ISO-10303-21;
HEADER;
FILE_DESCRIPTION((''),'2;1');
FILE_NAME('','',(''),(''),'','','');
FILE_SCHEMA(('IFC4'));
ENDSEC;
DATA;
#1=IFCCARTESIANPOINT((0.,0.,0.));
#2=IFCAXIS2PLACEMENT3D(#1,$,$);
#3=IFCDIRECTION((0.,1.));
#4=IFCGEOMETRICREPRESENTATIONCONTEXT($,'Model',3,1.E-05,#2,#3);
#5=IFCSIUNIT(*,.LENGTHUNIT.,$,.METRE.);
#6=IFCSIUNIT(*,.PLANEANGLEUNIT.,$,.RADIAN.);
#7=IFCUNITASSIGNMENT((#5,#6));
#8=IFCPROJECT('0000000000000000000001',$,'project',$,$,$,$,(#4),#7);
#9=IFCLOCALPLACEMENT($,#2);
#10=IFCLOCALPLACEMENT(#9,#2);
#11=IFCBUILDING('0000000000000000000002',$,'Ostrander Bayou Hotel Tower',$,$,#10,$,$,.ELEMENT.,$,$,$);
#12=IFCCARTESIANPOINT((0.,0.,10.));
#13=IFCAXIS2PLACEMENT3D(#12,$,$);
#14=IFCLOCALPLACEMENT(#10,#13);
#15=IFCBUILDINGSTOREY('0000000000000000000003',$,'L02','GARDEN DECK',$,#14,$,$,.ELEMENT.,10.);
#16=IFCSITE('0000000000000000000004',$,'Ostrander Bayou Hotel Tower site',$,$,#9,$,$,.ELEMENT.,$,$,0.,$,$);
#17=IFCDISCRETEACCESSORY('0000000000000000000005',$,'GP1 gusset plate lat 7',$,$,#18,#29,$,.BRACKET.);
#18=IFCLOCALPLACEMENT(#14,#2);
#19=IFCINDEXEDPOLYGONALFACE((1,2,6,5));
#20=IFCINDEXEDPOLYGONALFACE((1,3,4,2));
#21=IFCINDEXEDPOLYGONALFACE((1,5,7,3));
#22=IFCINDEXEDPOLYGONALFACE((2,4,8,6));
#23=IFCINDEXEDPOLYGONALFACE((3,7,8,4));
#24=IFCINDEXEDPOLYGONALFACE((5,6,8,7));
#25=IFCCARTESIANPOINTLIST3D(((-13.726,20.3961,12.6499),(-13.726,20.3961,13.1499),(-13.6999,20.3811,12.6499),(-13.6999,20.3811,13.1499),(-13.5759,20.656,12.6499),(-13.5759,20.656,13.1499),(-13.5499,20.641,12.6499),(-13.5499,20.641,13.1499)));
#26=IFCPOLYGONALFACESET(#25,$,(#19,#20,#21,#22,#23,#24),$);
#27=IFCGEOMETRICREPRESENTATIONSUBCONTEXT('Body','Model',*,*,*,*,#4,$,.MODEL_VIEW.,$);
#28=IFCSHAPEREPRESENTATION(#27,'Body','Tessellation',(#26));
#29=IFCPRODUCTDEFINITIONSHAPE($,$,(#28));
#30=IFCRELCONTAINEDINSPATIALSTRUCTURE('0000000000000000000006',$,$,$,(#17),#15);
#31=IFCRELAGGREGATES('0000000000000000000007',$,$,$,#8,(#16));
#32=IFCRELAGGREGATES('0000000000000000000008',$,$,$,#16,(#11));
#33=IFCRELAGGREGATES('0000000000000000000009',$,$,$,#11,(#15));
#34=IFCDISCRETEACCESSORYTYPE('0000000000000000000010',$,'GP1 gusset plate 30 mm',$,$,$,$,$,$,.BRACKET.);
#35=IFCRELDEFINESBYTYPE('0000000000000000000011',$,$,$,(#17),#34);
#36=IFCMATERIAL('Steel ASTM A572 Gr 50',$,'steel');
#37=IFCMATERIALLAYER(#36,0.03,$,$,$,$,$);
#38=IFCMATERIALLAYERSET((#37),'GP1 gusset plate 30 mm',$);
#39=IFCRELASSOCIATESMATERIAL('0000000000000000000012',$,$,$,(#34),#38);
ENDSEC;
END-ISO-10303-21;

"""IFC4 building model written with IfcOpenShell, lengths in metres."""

from ifc_helpers import new_model, si_unit, direction, frame, origin, origin_2d, place, context, subcontext, project, spatial, rectangle, extrude, material, layer, layer_set, type_object, element, save


model = new_model("IFC4")

# Units and contexts
model_context = context("Model", 3, precision=1e-05, world=origin(), true_north=direction((0.0, 1.0)))
body_context = subcontext(model_context, "Body", "Model", "MODEL_VIEW")
ifc_project = project(units=[si_unit("LENGTHUNIT", "METRE"), si_unit("PLANEANGLEUNIT", "RADIAN")], contexts=[model_context])

# Site, building, storey
site_placement = place(None, origin())
site = spatial("IfcSite", under=ifc_project, at=site_placement, Name="Ostrander Bayou Hotel Tower site", CompositionType="ELEMENT", RefElevation=0.0)
building_placement = place(site_placement, origin())
building = spatial("IfcBuilding", under=site, at=building_placement, Name="Ostrander Bayou Hotel Tower", CompositionType="ELEMENT")
storey_placement = place(building_placement, frame((0.0, 0.0, 10.0)))
storey = spatial("IfcBuildingStorey", under=building, at=storey_placement, Name="L02", Description="GARDEN DECK", CompositionType="ELEMENT", Elevation=10.0)

# Discrete accessory
ifc_material_1 = material(Name="Steel ASTM A572 Gr 50", Category="steel")
ifc_layer_1 = layer(ifc_material_1, 0.03)
ifc_layer_set_1 = layer_set([ifc_layer_1], Name="GP1 gusset plate 30 mm")
discrete_accessory_type = type_object("IfcDiscreteAccessoryType", Name="GP1 gusset plate 30 mm", PredefinedType="BRACKET", material=ifc_layer_set_1)
for number, where, z_axis, x_axis, name in (
    (1, (-13.6379, 20.5186, 12.6499), (0.0, 0.0, 1.0), (-0.5, -0.866025, 0.0), "GP1 gusset plate lat 7"),
):
    element("IfcDiscreteAccessory", number, at=place(storey_placement, frame(where, z_axis=z_axis, x_axis=x_axis)), inside=storey, type_object=discrete_accessory_type, Name=name, PredefinedType="BRACKET", context=body_context, shape_type="SweptSolid", body=[
        extrude(rectangle(XDim=0.3, YDim=0.03, at=origin_2d()), origin(), (0.0, 0.0, 1.0), 0.5),
    ])

save(model, "model.ifc")
